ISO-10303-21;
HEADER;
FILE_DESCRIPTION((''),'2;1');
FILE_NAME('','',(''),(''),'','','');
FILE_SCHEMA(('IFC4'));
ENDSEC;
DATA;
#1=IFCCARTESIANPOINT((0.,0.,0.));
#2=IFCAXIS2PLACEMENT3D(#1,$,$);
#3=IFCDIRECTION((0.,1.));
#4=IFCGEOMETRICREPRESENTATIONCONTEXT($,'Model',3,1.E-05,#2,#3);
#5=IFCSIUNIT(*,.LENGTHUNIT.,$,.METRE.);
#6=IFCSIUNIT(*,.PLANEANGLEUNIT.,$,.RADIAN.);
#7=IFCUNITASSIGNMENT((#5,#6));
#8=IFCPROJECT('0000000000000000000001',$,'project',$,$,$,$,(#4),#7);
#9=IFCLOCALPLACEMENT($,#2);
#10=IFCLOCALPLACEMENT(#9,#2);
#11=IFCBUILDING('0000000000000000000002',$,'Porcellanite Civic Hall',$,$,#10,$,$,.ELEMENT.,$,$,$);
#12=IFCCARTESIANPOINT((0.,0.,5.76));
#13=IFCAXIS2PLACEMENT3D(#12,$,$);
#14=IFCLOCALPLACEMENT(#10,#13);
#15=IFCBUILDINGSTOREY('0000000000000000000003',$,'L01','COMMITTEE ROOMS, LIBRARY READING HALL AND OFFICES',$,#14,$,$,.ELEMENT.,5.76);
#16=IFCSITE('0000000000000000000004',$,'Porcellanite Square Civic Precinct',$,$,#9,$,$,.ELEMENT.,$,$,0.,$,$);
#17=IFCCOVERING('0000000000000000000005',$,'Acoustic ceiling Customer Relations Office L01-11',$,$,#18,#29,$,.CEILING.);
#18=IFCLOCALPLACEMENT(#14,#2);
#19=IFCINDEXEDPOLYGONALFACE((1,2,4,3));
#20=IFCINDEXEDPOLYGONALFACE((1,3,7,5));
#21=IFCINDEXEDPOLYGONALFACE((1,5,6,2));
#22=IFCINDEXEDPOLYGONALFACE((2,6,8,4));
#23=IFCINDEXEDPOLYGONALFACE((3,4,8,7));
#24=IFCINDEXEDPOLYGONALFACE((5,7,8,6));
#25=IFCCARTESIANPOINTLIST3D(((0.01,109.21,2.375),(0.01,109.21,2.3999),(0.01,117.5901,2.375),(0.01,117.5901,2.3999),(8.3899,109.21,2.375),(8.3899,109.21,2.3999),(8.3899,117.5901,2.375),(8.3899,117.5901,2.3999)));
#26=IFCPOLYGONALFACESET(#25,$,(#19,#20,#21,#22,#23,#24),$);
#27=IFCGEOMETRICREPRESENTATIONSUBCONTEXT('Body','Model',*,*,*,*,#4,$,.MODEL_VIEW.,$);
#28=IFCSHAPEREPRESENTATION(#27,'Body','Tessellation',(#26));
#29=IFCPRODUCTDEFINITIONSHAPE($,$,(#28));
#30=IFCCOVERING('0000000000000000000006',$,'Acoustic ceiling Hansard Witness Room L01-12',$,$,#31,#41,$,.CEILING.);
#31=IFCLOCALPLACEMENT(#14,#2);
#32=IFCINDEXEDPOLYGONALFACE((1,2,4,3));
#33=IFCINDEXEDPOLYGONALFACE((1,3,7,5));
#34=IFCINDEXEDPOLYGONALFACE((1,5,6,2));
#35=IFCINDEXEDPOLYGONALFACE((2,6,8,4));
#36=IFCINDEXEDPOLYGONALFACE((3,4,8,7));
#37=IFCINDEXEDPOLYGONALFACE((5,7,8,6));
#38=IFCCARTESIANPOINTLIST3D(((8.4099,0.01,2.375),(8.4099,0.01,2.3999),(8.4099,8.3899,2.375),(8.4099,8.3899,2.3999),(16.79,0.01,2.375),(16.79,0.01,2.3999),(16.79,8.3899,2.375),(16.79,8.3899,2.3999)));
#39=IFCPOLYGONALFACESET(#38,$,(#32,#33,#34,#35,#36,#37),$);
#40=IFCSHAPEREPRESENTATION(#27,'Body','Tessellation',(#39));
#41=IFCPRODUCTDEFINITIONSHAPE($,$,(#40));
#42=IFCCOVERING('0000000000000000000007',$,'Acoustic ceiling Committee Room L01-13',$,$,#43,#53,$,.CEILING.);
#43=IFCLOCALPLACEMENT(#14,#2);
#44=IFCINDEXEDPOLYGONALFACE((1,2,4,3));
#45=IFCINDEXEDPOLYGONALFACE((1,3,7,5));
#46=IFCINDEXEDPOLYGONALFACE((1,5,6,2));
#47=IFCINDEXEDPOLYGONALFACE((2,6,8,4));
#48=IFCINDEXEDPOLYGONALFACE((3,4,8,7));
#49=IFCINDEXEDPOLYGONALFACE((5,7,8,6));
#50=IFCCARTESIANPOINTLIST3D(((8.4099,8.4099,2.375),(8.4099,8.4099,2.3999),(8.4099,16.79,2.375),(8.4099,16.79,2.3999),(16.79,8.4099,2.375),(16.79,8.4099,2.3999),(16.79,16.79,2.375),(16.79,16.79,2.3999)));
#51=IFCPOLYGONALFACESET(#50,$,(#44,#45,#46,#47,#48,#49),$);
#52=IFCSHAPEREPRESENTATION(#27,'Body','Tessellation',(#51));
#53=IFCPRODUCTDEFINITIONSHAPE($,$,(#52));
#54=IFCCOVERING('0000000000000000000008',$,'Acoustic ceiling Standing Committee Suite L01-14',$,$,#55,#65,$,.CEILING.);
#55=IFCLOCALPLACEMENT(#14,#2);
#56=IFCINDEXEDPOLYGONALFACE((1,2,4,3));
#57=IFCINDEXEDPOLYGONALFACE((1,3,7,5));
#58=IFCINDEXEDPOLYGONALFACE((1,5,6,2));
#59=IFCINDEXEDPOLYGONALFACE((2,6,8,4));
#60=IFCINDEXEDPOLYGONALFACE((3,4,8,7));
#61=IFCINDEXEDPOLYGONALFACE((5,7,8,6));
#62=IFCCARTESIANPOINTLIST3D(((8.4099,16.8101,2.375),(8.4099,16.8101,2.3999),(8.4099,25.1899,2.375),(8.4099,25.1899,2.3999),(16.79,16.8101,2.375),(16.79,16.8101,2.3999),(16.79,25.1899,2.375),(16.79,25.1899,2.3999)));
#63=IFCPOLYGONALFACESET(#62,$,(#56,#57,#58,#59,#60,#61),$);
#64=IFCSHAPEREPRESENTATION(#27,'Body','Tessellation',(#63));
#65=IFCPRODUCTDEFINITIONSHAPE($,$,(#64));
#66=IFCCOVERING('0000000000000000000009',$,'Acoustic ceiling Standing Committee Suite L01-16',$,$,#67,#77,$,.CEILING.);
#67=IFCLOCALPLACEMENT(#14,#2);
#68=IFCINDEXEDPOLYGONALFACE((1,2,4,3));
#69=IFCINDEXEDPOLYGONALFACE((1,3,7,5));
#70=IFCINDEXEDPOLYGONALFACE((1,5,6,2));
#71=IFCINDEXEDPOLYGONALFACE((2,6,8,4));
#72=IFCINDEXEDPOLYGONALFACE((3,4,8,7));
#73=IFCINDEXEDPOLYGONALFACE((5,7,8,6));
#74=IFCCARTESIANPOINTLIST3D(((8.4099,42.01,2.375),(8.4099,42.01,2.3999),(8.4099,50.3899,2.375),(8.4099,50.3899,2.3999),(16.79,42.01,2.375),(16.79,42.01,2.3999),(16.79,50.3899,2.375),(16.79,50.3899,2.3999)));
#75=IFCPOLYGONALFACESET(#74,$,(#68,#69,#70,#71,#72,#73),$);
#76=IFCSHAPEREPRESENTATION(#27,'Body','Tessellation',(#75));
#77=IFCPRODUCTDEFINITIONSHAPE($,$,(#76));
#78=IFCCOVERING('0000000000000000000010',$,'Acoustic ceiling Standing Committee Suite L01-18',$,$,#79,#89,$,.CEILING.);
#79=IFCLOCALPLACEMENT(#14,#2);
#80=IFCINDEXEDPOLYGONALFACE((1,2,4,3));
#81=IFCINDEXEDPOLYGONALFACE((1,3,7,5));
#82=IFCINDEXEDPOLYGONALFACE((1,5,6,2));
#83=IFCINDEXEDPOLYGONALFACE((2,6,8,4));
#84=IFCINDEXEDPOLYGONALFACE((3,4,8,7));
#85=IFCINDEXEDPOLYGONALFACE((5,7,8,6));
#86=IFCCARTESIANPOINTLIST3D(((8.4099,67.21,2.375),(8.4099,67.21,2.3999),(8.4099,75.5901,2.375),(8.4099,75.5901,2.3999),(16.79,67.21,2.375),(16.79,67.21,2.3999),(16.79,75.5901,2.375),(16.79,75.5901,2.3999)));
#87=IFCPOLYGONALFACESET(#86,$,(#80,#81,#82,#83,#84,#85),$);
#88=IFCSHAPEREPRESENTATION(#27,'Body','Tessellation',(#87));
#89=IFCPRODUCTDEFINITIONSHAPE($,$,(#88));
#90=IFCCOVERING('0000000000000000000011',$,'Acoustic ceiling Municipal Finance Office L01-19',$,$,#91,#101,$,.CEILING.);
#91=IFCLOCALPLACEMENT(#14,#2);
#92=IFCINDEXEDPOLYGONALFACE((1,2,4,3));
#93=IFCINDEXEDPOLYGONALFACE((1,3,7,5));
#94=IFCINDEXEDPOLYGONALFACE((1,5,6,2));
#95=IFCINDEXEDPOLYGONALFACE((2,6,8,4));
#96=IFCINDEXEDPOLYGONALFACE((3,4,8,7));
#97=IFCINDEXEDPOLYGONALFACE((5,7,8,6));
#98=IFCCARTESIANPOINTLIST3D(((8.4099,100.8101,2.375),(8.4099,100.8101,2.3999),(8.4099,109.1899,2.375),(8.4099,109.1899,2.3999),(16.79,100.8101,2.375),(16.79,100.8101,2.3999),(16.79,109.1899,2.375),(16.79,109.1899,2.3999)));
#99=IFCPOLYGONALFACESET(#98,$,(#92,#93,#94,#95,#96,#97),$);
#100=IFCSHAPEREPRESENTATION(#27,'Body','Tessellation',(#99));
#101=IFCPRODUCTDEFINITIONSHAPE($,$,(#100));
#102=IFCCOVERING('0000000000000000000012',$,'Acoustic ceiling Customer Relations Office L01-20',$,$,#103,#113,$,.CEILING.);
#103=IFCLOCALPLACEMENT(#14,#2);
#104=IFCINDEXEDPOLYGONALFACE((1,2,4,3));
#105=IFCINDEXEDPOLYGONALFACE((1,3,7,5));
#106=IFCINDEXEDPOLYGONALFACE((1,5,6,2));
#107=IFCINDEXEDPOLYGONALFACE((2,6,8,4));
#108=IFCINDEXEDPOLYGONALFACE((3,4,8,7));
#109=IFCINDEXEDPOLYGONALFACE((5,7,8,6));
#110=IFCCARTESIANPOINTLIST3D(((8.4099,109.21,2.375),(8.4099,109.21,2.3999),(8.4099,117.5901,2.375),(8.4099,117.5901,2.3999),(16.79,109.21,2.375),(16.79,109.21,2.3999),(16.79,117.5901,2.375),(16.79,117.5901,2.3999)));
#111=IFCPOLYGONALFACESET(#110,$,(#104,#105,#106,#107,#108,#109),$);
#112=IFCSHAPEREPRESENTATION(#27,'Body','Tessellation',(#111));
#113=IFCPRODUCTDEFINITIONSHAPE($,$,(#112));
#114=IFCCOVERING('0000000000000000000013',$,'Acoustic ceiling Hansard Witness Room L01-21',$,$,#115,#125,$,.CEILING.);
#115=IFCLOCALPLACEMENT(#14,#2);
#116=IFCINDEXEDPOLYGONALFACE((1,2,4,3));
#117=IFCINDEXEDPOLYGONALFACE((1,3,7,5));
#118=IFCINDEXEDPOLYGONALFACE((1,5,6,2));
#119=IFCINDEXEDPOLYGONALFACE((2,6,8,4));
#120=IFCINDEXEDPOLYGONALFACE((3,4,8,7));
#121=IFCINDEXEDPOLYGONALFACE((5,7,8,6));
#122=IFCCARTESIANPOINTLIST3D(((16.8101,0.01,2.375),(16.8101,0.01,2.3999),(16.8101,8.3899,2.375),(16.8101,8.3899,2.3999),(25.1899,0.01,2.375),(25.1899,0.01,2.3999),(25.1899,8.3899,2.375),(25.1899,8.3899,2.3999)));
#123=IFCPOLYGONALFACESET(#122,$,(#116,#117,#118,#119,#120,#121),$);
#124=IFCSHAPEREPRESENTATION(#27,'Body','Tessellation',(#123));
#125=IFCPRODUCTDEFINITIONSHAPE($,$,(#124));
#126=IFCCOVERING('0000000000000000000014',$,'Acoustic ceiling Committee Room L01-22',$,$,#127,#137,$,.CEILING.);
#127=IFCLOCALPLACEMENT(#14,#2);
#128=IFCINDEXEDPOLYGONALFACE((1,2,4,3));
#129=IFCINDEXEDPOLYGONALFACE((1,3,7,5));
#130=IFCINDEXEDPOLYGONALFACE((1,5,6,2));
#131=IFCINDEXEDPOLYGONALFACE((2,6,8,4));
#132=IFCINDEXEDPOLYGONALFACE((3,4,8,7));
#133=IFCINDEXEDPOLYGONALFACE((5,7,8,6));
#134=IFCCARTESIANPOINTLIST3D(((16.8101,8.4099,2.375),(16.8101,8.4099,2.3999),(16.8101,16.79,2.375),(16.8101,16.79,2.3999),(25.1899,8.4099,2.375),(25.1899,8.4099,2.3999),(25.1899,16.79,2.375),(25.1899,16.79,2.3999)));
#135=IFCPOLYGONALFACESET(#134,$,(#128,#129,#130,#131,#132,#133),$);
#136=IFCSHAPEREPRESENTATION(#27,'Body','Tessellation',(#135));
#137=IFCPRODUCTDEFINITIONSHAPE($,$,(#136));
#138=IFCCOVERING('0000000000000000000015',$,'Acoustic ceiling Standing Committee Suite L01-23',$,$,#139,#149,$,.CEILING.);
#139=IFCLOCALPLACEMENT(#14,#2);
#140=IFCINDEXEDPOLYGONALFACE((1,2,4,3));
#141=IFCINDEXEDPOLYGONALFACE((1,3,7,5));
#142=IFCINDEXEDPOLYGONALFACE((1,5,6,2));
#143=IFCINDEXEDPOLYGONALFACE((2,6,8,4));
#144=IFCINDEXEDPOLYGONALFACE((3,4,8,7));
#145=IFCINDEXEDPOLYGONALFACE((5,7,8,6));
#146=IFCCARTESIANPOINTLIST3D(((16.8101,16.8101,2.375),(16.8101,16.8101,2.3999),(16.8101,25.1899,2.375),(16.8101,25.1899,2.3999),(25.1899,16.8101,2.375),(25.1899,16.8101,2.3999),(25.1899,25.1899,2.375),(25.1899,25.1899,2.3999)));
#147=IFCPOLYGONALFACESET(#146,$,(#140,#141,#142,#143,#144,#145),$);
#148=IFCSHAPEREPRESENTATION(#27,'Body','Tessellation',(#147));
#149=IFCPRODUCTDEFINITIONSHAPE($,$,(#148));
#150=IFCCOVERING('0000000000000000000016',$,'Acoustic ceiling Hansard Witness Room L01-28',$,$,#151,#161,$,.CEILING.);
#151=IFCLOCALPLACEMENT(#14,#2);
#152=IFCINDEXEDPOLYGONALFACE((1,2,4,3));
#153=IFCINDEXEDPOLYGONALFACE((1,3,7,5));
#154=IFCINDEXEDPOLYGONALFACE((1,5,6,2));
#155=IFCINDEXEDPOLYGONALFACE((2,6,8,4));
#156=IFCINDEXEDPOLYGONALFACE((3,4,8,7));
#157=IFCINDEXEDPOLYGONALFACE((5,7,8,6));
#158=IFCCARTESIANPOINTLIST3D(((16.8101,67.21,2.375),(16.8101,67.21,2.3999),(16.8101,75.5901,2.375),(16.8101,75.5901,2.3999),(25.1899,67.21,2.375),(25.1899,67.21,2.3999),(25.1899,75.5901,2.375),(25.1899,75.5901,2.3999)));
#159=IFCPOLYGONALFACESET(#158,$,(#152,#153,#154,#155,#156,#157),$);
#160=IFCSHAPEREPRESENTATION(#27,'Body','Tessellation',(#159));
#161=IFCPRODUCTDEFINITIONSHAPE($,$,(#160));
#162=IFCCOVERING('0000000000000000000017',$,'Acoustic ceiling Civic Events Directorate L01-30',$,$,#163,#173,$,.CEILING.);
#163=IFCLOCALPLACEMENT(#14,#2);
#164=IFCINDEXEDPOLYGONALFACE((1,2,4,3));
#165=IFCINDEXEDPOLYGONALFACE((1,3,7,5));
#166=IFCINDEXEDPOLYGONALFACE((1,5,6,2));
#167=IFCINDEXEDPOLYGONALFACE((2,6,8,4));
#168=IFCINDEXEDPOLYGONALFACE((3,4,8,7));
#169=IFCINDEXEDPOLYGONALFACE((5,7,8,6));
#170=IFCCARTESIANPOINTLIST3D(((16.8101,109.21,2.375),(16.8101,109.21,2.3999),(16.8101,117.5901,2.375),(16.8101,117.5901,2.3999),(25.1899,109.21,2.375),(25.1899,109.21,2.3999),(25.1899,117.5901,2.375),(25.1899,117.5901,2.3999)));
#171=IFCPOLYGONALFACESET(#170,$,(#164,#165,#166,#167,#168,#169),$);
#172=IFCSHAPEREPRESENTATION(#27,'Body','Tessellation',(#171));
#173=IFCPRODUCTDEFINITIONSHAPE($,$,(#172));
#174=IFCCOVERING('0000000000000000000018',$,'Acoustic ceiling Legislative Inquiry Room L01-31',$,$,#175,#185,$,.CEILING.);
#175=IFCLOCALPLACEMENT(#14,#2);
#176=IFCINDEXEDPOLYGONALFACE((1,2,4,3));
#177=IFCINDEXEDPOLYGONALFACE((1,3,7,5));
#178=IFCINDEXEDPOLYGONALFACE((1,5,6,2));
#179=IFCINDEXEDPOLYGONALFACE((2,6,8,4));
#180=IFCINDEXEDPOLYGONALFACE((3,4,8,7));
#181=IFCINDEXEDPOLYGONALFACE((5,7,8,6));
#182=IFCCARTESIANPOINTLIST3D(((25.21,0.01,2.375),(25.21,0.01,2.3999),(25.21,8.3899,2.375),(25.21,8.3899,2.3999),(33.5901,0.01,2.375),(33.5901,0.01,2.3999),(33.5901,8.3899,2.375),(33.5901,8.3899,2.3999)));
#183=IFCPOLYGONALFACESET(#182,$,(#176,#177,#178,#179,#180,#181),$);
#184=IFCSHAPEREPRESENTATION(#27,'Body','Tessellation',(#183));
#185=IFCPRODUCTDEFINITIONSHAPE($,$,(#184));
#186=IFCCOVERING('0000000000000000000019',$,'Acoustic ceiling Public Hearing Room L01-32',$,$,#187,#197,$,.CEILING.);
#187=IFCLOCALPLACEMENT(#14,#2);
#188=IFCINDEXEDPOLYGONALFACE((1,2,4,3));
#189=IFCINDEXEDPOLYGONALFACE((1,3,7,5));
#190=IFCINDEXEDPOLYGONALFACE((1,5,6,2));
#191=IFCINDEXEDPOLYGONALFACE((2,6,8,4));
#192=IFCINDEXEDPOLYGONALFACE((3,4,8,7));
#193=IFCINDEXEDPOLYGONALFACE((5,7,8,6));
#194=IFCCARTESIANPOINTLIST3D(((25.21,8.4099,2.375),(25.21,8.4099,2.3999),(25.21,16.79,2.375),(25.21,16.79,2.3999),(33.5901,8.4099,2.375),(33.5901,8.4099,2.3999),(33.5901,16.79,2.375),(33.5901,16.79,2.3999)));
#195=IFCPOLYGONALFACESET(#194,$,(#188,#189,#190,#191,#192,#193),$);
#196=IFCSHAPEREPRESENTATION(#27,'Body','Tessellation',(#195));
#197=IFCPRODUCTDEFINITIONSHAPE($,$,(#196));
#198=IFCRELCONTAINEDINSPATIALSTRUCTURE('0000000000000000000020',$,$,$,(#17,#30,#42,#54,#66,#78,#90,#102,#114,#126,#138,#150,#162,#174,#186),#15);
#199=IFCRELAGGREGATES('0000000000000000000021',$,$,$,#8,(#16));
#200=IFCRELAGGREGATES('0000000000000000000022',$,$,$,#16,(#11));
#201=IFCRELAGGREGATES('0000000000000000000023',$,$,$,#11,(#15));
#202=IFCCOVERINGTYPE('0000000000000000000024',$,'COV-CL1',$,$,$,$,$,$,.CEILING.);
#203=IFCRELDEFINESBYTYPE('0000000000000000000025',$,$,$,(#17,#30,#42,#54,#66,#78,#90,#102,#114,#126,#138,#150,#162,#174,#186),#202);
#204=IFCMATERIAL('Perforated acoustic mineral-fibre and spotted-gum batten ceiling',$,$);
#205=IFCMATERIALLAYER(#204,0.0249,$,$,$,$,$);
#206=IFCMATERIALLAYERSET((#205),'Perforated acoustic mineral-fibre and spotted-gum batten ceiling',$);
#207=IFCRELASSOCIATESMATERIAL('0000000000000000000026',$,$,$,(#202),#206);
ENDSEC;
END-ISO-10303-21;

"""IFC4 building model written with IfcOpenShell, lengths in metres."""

from ifc_helpers import new_model, si_unit, direction, frame, origin, place, context, subcontext, project, spatial, polyline, outline, extrude, material, layer, layer_set, type_object, element, save


model = new_model("IFC4")

# Units and contexts
model_context = context("Model", 3, precision=1e-05, world=origin(), true_north=direction((0.0, 1.0)))
body_context = subcontext(model_context, "Body", "Model", "MODEL_VIEW")
ifc_project = project(units=[si_unit("LENGTHUNIT", "METRE"), si_unit("PLANEANGLEUNIT", "RADIAN")], contexts=[model_context])

# Site, building, storey
site_placement = place(None, origin())
site = spatial("IfcSite", under=ifc_project, at=site_placement, Name="Porcellanite Square Civic Precinct", CompositionType="ELEMENT", RefElevation=0.0)
building_placement = place(site_placement, origin())
building = spatial("IfcBuilding", under=site, at=building_placement, Name="Porcellanite Civic Hall", CompositionType="ELEMENT")
storey_placement = place(building_placement, frame((0.0, 0.0, 5.76)))
storey = spatial("IfcBuildingStorey", under=building, at=storey_placement, Name="L01", Description="COMMITTEE ROOMS, LIBRARY READING HALL AND OFFICES", CompositionType="ELEMENT", Elevation=5.76)

# Coverings
ifc_material = material(Name="Perforated acoustic mineral-fibre and spotted-gum batten ceiling")
ifc_layer = layer(ifc_material, 0.0249)
ifc_layer_set = layer_set([ifc_layer], Name="Perforated acoustic mineral-fibre and spotted-gum batten ceiling")
covering_type = type_object("IfcCoveringType", Name="COV-CL1", PredefinedType="CEILING", material=ifc_layer_set)
covering_1_placement = place(storey_placement, frame((0.0, 0.0, 2.375)))
element("IfcCovering", 1, at=covering_1_placement, inside=storey, type_object=covering_type, Name="Acoustic ceiling Customer Relations Office L01-11", PredefinedType="CEILING", context=body_context, shape_type="SweptSolid", body=[
    extrude(outline(polyline([(0.01, 109.21), (8.3899, 109.21), (8.3899, 117.5901), (0.01, 117.5901), (0.01, 109.21)])), origin(), (0.0, 0.0, 1.0), 0.0249),
])
covering_2_placement = place(storey_placement, frame((0.0, 0.0, 2.375)))
element("IfcCovering", 2, at=covering_2_placement, inside=storey, type_object=covering_type, Name="Acoustic ceiling Hansard Witness Room L01-12", PredefinedType="CEILING", context=body_context, shape_type="SweptSolid", body=[
    extrude(outline(polyline([(8.4099, 0.01), (16.79, 0.01), (16.79, 8.3899), (8.4099, 8.3899), (8.4099, 0.01)])), origin(), (0.0, 0.0, 1.0), 0.0249),
])
covering_3_placement = place(storey_placement, frame((0.0, 0.0, 2.375)))
element("IfcCovering", 3, at=covering_3_placement, inside=storey, type_object=covering_type, Name="Acoustic ceiling Committee Room L01-13", PredefinedType="CEILING", context=body_context, shape_type="SweptSolid", body=[
    extrude(outline(polyline([(8.4099, 8.4099), (16.79, 8.4099), (16.79, 16.79), (8.4099, 16.79), (8.4099, 8.4099)])), origin(), (0.0, 0.0, 1.0), 0.0249),
])
covering_4_placement = place(storey_placement, frame((0.0, 0.0, 2.375)))
element("IfcCovering", 4, at=covering_4_placement, inside=storey, type_object=covering_type, Name="Acoustic ceiling Standing Committee Suite L01-14", PredefinedType="CEILING", context=body_context, shape_type="SweptSolid", body=[
    extrude(outline(polyline([(8.4099, 16.8101), (16.79, 16.8101), (16.79, 25.1899), (8.4099, 25.1899), (8.4099, 16.8101)])), origin(), (0.0, 0.0, 1.0), 0.0249),
])
covering_5_placement = place(storey_placement, frame((0.0, 0.0, 2.375)))
element("IfcCovering", 5, at=covering_5_placement, inside=storey, type_object=covering_type, Name="Acoustic ceiling Standing Committee Suite L01-16", PredefinedType="CEILING", context=body_context, shape_type="SweptSolid", body=[
    extrude(outline(polyline([(8.4099, 42.01), (16.79, 42.01), (16.79, 50.3899), (8.4099, 50.3899), (8.4099, 42.01)])), origin(), (0.0, 0.0, 1.0), 0.0249),
])
covering_6_placement = place(storey_placement, frame((0.0, 0.0, 2.375)))
element("IfcCovering", 6, at=covering_6_placement, inside=storey, type_object=covering_type, Name="Acoustic ceiling Standing Committee Suite L01-18", PredefinedType="CEILING", context=body_context, shape_type="SweptSolid", body=[
    extrude(outline(polyline([(8.4099, 67.21), (16.79, 67.21), (16.79, 75.5901), (8.4099, 75.5901), (8.4099, 67.21)])), origin(), (0.0, 0.0, 1.0), 0.0249),
])
covering_7_placement = place(storey_placement, frame((0.0, 0.0, 2.375)))
element("IfcCovering", 7, at=covering_7_placement, inside=storey, type_object=covering_type, Name="Acoustic ceiling Municipal Finance Office L01-19", PredefinedType="CEILING", context=body_context, shape_type="SweptSolid", body=[
    extrude(outline(polyline([(8.4099, 100.8101), (16.79, 100.8101), (16.79, 109.1899), (8.4099, 109.1899), (8.4099, 100.8101)])), origin(), (0.0, 0.0, 1.0), 0.0249),
])
covering_8_placement = place(storey_placement, frame((0.0, 0.0, 2.375)))
element("IfcCovering", 8, at=covering_8_placement, inside=storey, type_object=covering_type, Name="Acoustic ceiling Customer Relations Office L01-20", PredefinedType="CEILING", context=body_context, shape_type="SweptSolid", body=[
    extrude(outline(polyline([(8.4099, 109.21), (16.79, 109.21), (16.79, 117.5901), (8.4099, 117.5901), (8.4099, 109.21)])), origin(), (0.0, 0.0, 1.0), 0.0249),
])
covering_9_placement = place(storey_placement, frame((0.0, 0.0, 2.375)))
element("IfcCovering", 9, at=covering_9_placement, inside=storey, type_object=covering_type, Name="Acoustic ceiling Hansard Witness Room L01-21", PredefinedType="CEILING", context=body_context, shape_type="SweptSolid", body=[
    extrude(outline(polyline([(16.8101, 0.01), (25.1899, 0.01), (25.1899, 8.3899), (16.8101, 8.3899), (16.8101, 0.01)])), origin(), (0.0, 0.0, 1.0), 0.0249),
])
covering_10_placement = place(storey_placement, frame((0.0, 0.0, 2.375)))
element("IfcCovering", 10, at=covering_10_placement, inside=storey, type_object=covering_type, Name="Acoustic ceiling Committee Room L01-22", PredefinedType="CEILING", context=body_context, shape_type="SweptSolid", body=[
    extrude(outline(polyline([(16.8101, 8.4099), (25.1899, 8.4099), (25.1899, 16.79), (16.8101, 16.79), (16.8101, 8.4099)])), origin(), (0.0, 0.0, 1.0), 0.0249),
])
covering_11_placement = place(storey_placement, frame((0.0, 0.0, 2.375)))
element("IfcCovering", 11, at=covering_11_placement, inside=storey, type_object=covering_type, Name="Acoustic ceiling Standing Committee Suite L01-23", PredefinedType="CEILING", context=body_context, shape_type="SweptSolid", body=[
    extrude(outline(polyline([(16.8101, 16.8101), (25.1899, 16.8101), (25.1899, 25.1899), (16.8101, 25.1899), (16.8101, 16.8101)])), origin(), (0.0, 0.0, 1.0), 0.0249),
])
covering_12_placement = place(storey_placement, frame((0.0, 0.0, 2.375)))
element("IfcCovering", 12, at=covering_12_placement, inside=storey, type_object=covering_type, Name="Acoustic ceiling Hansard Witness Room L01-28", PredefinedType="CEILING", context=body_context, shape_type="SweptSolid", body=[
    extrude(outline(polyline([(16.8101, 67.21), (25.1899, 67.21), (25.1899, 75.5901), (16.8101, 75.5901), (16.8101, 67.21)])), origin(), (0.0, 0.0, 1.0), 0.0249),
])
covering_13_placement = place(storey_placement, frame((0.0, 0.0, 2.375)))
element("IfcCovering", 13, at=covering_13_placement, inside=storey, type_object=covering_type, Name="Acoustic ceiling Civic Events Directorate L01-30", PredefinedType="CEILING", context=body_context, shape_type="SweptSolid", body=[
    extrude(outline(polyline([(16.8101, 109.21), (25.1899, 109.21), (25.1899, 117.5901), (16.8101, 117.5901), (16.8101, 109.21)])), origin(), (0.0, 0.0, 1.0), 0.0249),
])
covering_14_placement = place(storey_placement, frame((0.0, 0.0, 2.375)))
element("IfcCovering", 14, at=covering_14_placement, inside=storey, type_object=covering_type, Name="Acoustic ceiling Legislative Inquiry Room L01-31", PredefinedType="CEILING", context=body_context, shape_type="SweptSolid", body=[
    extrude(outline(polyline([(25.21, 0.01), (33.5901, 0.01), (33.5901, 8.3899), (25.21, 8.3899), (25.21, 0.01)])), origin(), (0.0, 0.0, 1.0), 0.0249),
])
covering_15_placement = place(storey_placement, frame((0.0, 0.0, 2.375)))
element("IfcCovering", 15, at=covering_15_placement, inside=storey, type_object=covering_type, Name="Acoustic ceiling Public Hearing Room L01-32", PredefinedType="CEILING", context=body_context, shape_type="SweptSolid", body=[
    extrude(outline(polyline([(25.21, 8.4099), (33.5901, 8.4099), (33.5901, 16.79), (25.21, 16.79), (25.21, 8.4099)])), origin(), (0.0, 0.0, 1.0), 0.0249),
])

save(model, "model.ifc")
